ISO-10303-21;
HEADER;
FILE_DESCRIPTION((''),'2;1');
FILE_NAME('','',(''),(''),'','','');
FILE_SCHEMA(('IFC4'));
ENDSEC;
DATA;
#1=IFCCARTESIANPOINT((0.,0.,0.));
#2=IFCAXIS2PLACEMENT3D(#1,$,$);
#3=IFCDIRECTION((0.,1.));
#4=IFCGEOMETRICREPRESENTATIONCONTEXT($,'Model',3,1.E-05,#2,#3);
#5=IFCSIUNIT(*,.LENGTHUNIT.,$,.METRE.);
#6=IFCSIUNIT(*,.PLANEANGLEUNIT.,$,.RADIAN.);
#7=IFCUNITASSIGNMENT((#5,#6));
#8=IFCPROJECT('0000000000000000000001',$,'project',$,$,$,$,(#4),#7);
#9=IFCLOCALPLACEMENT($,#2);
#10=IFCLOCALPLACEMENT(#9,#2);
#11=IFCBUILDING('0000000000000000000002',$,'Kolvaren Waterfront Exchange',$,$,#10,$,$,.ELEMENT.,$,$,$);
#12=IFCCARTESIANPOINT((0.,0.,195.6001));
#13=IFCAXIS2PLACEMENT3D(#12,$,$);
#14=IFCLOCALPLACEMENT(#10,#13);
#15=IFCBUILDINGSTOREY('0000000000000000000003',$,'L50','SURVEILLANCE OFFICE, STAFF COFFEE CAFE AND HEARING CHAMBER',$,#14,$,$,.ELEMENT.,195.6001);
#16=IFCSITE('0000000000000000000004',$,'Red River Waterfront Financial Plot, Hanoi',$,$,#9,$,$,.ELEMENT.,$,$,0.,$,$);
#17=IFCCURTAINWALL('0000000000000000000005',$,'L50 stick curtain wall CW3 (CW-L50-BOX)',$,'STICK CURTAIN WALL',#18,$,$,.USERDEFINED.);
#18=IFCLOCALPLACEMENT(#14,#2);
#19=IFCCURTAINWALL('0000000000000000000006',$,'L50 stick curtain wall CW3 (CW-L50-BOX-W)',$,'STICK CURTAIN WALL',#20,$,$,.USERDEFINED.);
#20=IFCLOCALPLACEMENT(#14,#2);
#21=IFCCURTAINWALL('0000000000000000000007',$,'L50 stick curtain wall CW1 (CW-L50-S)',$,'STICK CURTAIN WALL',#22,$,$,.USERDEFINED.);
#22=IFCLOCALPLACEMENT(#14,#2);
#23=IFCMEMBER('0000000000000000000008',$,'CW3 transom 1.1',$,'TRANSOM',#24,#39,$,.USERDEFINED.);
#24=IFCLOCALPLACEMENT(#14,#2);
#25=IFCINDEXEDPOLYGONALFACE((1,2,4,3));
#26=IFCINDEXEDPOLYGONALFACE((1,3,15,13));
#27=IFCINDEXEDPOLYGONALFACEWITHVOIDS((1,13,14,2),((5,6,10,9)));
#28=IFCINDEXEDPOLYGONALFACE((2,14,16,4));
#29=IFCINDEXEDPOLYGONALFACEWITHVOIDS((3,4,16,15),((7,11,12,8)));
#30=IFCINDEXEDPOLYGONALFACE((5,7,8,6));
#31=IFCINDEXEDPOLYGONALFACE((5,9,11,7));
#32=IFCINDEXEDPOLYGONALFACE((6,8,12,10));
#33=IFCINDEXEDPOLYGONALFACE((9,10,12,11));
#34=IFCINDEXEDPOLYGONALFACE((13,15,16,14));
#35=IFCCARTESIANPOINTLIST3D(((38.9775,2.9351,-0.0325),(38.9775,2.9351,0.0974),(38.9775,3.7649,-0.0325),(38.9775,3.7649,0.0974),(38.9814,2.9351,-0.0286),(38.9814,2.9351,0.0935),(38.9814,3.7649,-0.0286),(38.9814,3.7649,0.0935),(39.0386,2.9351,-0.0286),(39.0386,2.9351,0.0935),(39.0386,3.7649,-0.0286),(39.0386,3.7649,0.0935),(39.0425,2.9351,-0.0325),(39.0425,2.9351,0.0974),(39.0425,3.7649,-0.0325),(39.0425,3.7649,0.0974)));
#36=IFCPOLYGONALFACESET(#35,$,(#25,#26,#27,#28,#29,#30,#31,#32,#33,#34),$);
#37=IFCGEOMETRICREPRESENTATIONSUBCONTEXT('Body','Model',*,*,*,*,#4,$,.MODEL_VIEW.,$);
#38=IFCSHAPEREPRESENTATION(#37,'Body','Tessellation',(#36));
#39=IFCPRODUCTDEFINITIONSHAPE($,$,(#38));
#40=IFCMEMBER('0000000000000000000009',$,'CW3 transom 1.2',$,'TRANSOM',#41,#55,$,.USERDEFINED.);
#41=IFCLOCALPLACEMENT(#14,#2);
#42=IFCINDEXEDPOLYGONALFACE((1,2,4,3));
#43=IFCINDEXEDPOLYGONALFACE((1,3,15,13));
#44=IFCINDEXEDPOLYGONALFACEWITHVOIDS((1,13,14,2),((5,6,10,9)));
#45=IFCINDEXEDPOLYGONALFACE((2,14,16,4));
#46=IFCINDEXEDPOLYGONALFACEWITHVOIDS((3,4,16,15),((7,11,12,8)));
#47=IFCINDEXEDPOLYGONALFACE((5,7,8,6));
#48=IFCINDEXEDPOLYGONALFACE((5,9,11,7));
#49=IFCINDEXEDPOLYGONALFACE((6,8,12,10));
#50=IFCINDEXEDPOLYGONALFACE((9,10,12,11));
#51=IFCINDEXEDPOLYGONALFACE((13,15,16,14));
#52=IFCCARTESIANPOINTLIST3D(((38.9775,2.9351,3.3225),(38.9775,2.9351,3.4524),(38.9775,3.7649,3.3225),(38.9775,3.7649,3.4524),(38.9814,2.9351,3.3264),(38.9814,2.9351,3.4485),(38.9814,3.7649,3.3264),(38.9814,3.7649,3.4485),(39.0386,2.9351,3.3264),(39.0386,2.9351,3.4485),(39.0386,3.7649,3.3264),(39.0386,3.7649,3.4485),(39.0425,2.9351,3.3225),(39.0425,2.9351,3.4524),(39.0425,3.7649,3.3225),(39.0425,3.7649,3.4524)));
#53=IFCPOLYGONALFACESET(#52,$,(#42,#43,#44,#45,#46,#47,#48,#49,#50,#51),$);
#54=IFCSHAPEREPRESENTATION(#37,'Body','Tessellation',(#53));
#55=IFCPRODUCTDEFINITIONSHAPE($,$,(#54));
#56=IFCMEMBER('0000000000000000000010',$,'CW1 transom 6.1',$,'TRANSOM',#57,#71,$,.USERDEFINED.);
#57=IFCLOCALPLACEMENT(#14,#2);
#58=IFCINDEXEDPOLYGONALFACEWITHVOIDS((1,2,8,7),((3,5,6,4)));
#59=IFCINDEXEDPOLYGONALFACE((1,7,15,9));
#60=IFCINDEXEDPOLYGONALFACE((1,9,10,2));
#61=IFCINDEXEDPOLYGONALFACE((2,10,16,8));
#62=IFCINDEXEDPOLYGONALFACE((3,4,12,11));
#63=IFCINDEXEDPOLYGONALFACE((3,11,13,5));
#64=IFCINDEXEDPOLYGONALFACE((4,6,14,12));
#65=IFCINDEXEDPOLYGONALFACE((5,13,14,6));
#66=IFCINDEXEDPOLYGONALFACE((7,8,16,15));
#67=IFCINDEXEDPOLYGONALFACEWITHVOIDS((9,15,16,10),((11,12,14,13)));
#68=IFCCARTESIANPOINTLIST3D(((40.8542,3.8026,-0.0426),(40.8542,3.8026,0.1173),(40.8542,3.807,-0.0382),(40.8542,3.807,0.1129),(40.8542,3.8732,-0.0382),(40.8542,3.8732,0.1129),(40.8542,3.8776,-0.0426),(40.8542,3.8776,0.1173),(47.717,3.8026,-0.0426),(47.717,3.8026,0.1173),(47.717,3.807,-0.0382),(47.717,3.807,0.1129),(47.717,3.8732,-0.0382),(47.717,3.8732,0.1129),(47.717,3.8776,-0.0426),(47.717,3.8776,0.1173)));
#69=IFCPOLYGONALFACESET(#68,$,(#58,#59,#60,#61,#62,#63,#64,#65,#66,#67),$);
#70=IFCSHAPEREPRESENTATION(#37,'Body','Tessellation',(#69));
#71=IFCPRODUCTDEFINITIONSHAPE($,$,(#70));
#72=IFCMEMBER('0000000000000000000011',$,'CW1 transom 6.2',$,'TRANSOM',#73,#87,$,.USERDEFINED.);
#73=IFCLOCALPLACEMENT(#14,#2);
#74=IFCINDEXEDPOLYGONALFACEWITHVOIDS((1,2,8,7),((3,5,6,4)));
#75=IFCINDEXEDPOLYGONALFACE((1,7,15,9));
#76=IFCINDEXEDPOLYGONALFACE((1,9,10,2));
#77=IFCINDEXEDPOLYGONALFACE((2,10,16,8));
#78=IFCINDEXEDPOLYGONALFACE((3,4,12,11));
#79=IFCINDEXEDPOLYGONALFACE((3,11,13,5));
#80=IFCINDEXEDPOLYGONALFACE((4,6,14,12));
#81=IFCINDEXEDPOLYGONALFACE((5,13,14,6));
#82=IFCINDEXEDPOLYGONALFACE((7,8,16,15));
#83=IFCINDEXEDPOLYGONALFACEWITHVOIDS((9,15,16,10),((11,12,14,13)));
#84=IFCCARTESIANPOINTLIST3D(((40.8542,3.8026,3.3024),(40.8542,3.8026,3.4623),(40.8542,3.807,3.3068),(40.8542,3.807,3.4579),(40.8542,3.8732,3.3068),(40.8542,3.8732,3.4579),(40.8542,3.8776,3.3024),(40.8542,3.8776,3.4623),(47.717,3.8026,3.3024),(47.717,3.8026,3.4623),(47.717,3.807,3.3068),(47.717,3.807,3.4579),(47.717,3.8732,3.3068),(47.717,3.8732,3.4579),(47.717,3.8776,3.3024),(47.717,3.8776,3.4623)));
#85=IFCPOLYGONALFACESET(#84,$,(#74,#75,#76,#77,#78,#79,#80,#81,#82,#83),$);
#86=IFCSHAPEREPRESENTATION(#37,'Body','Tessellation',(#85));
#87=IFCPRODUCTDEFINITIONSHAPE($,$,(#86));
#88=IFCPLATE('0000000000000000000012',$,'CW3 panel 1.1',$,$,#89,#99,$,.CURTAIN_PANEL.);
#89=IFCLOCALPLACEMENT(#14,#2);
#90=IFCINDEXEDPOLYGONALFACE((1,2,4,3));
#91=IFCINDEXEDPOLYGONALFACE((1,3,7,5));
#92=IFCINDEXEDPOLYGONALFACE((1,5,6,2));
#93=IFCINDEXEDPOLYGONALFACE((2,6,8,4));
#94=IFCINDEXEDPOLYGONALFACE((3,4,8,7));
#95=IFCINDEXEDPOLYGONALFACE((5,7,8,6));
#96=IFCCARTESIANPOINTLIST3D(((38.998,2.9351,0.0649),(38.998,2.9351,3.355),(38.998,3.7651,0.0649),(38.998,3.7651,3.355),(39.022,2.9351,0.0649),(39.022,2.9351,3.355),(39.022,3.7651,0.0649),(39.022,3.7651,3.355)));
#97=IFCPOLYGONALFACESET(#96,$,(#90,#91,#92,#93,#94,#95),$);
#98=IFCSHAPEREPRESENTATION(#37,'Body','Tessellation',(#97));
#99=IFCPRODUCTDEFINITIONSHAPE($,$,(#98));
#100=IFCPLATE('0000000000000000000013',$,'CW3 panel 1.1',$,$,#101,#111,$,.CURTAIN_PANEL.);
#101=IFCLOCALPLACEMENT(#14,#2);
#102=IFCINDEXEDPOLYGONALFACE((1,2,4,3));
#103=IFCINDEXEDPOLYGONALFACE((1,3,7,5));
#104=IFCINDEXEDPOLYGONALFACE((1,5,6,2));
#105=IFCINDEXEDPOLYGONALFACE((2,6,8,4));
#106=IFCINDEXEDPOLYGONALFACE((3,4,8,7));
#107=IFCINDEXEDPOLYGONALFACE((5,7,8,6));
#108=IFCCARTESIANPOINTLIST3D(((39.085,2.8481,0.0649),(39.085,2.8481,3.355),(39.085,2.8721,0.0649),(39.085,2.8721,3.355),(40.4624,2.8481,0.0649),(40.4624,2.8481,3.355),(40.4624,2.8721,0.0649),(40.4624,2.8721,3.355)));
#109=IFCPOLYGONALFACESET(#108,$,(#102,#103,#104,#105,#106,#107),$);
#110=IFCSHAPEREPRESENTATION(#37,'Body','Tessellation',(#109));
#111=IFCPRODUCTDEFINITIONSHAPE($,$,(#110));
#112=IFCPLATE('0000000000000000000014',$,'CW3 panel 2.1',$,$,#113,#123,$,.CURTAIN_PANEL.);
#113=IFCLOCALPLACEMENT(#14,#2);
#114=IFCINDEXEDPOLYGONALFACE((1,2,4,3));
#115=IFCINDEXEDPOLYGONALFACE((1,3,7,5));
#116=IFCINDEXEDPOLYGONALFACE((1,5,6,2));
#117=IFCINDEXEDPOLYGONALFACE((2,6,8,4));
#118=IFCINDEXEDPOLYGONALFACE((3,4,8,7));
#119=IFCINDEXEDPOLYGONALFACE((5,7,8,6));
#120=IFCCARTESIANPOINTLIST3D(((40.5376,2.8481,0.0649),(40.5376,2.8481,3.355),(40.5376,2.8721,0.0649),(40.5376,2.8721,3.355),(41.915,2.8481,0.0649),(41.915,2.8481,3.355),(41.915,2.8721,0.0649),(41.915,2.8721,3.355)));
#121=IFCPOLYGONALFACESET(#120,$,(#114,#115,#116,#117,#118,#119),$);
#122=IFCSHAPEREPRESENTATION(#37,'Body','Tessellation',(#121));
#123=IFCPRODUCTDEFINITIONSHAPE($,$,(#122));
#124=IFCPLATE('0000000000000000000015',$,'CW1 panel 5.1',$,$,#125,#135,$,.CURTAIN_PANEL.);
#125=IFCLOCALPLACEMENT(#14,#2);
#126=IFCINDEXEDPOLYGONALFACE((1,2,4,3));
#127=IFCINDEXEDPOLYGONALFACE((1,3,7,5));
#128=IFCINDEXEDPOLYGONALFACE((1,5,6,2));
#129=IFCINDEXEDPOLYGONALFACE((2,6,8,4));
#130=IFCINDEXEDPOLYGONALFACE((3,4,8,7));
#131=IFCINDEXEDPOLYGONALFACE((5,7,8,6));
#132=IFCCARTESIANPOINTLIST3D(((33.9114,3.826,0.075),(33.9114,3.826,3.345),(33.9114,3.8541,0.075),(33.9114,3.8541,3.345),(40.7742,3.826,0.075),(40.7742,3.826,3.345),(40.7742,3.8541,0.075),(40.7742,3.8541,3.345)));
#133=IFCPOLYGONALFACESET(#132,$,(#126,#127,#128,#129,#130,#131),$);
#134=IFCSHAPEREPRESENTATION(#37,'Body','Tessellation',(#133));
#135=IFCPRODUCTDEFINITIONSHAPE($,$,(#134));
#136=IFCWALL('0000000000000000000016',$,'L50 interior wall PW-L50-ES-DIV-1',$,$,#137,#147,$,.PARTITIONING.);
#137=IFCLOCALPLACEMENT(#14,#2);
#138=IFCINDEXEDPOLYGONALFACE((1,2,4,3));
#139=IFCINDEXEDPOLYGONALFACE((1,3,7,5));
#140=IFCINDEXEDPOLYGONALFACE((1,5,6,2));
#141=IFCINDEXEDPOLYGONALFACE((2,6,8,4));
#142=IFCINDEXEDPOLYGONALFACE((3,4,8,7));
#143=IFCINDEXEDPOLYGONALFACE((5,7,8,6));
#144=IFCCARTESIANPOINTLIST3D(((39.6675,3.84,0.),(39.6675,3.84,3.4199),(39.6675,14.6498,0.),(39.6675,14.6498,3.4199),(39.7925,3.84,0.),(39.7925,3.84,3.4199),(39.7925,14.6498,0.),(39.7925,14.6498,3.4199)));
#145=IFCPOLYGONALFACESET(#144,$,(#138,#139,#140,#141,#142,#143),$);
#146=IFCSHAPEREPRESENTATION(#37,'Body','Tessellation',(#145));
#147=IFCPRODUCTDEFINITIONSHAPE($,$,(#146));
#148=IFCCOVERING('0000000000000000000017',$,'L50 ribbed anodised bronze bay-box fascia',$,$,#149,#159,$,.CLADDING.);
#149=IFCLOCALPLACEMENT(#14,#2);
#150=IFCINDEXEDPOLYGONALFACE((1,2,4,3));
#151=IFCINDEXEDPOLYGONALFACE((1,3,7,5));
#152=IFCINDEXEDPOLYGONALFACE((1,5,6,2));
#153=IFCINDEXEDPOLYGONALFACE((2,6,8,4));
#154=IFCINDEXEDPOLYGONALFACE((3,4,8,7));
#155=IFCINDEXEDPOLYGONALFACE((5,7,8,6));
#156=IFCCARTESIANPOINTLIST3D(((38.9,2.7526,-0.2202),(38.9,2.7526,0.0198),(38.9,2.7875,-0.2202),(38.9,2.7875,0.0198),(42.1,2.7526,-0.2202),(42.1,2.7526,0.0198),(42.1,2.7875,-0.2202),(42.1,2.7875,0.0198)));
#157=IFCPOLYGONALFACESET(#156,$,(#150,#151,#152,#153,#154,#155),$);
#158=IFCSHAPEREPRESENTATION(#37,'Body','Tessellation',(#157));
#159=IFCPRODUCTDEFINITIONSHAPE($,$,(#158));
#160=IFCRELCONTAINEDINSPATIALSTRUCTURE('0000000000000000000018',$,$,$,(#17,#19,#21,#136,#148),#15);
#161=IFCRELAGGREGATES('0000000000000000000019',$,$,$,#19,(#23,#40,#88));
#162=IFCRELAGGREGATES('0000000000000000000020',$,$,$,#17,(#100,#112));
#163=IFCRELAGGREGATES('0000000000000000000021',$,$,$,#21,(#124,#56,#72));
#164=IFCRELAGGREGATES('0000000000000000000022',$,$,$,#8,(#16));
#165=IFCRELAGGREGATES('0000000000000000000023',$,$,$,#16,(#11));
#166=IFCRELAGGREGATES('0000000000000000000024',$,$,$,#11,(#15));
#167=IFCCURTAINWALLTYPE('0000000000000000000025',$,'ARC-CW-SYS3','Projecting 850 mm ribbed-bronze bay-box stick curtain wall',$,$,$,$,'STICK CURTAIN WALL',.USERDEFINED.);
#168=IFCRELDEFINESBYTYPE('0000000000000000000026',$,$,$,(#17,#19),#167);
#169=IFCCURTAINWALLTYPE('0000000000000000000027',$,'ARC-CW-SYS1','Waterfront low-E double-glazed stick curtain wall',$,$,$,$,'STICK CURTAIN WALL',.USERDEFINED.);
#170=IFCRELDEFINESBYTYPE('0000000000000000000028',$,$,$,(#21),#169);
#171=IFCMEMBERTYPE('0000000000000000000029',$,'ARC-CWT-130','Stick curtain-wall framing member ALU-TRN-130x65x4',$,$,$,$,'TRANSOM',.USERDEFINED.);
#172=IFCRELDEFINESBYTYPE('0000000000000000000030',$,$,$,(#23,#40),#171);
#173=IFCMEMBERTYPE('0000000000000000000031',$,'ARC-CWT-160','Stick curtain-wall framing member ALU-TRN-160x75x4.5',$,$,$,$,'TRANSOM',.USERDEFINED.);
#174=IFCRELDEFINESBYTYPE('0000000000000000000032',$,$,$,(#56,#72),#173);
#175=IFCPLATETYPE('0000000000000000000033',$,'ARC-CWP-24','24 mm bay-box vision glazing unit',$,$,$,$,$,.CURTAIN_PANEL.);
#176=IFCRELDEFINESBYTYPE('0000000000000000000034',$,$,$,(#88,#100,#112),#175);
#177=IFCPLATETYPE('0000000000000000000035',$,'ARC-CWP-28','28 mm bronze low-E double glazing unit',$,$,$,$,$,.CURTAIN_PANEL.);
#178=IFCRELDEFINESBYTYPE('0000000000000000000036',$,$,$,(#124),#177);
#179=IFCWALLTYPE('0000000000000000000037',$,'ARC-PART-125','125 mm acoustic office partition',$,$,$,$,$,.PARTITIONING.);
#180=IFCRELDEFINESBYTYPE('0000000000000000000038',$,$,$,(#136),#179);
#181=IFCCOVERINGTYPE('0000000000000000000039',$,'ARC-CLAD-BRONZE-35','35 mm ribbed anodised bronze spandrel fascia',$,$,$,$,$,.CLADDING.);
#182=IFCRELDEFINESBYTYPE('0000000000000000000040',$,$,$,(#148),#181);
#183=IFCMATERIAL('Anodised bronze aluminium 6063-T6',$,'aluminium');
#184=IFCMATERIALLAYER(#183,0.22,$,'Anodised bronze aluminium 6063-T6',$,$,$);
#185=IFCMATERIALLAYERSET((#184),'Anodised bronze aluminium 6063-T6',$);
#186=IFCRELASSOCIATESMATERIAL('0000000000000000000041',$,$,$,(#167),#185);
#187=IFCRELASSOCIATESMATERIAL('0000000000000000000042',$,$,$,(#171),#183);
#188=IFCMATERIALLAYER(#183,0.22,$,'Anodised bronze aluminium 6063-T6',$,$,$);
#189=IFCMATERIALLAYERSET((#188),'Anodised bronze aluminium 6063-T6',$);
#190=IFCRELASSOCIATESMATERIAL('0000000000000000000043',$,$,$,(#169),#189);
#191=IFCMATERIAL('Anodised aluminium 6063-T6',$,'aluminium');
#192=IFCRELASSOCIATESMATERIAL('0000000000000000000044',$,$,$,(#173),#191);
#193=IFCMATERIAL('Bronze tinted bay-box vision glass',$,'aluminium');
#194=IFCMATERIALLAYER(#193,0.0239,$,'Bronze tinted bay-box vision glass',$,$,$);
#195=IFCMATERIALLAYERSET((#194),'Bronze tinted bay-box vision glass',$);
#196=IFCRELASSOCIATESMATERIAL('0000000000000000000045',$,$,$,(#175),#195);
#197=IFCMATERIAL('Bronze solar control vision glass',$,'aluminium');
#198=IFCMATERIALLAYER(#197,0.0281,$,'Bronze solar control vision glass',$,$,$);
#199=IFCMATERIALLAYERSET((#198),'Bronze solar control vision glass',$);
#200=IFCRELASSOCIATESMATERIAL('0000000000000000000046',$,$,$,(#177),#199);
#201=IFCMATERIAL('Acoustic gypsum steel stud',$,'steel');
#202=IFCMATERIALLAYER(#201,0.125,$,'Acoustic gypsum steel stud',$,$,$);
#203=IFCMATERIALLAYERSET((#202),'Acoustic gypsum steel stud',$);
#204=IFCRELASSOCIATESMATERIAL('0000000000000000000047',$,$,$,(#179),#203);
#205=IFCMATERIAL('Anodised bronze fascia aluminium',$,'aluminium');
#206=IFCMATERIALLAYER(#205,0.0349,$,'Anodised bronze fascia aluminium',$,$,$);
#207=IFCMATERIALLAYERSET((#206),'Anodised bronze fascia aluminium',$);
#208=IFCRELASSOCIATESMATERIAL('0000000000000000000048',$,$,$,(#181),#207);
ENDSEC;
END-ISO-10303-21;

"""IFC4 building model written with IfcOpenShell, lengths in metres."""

from ifc_helpers import new_model, si_unit, direction, frame, frame_2d, origin, origin_with_axes, origin_2d, place, context, subcontext, project, spatial, rectangle, hollow_rectangle, extrude, source, transform, mapped, material, layer, layer_set, material_profile, profile_set, type_object, element, aggregate, save


model = new_model("IFC4")

# Units and contexts
model_context = context("Model", 3, precision=1e-05, world=origin(), true_north=direction((0.0, 1.0)))
body_context = subcontext(model_context, "Body", "Model", "MODEL_VIEW")
ifc_project = project(units=[si_unit("LENGTHUNIT", "METRE"), si_unit("PLANEANGLEUNIT", "RADIAN")], contexts=[model_context])

# Site, building, storey
site_placement = place(None, origin())
site = spatial("IfcSite", under=ifc_project, at=site_placement, Name="Red River Waterfront Financial Plot, Hanoi", CompositionType="ELEMENT", RefElevation=0.0)
building_placement = place(site_placement, origin())
building = spatial("IfcBuilding", under=site, at=building_placement, Name="Kolvaren Waterfront Exchange", CompositionType="ELEMENT")
storey_placement = place(building_placement, frame((0.0, 0.0, 195.6001)))
storey = spatial("IfcBuildingStorey", under=building, at=storey_placement, Name="L50", Description="SURVEILLANCE OFFICE, STAFF COFFEE CAFE AND HEARING CHAMBER", CompositionType="ELEMENT", Elevation=195.6001)

# Curtain walls
ifc_material_1 = material(Name="Anodised bronze aluminium 6063-T6", Category="aluminium")
ifc_layer_1 = layer(ifc_material_1, 0.22, Name="Anodised bronze aluminium 6063-T6")
ifc_layer_set_1 = layer_set([ifc_layer_1], Name="Anodised bronze aluminium 6063-T6")
curtain_wall_type_1 = type_object("IfcCurtainWallType", Name="ARC-CW-SYS3", Description="Projecting 850 mm ribbed-bronze bay-box stick curtain wall", ElementType="STICK CURTAIN WALL", PredefinedType="USERDEFINED", material=ifc_layer_set_1)
curtain_wall_1_placement = place(storey_placement, origin())
curtain_wall_1 = element("IfcCurtainWall", 1, at=curtain_wall_1_placement, inside=storey, type_object=curtain_wall_type_1, Name="L50 stick curtain wall CW3 (CW-L50-BOX)", ObjectType="STICK CURTAIN WALL", PredefinedType="USERDEFINED")
ifc_material_profile_1 = material_profile(ifc_material_1, hollow_rectangle(XDim=0.0649, YDim=0.1299, WallThickness=0.0039, at=origin_2d()), Name="ALU-TRN-130x65x4")
ifc_profile_set_1 = profile_set([ifc_material_profile_1], Name="Anodised bronze aluminium 6063-T6")
member_type_1 = type_object("IfcMemberType", Name="ARC-CWT-130", Description="Stick curtain-wall framing member ALU-TRN-130x65x4", ElementType="TRANSOM", PredefinedType="USERDEFINED", material=ifc_profile_set_1)
curtain_wall_2_placement = place(storey_placement, origin())
curtain_wall_2 = element("IfcCurtainWall", 2, at=curtain_wall_2_placement, inside=storey, type_object=curtain_wall_type_1, Name="L50 stick curtain wall CW3 (CW-L50-BOX-W)", ObjectType="STICK CURTAIN WALL", PredefinedType="USERDEFINED")

# Curtain wall
ifc_layer_2 = layer(ifc_material_1, 0.22, Name="Anodised bronze aluminium 6063-T6")
ifc_layer_set_2 = layer_set([ifc_layer_2], Name="Anodised bronze aluminium 6063-T6")
curtain_wall_type_2 = type_object("IfcCurtainWallType", Name="ARC-CW-SYS1", Description="Waterfront low-E double-glazed stick curtain wall", ElementType="STICK CURTAIN WALL", PredefinedType="USERDEFINED", material=ifc_layer_set_2)
curtain_wall_3_placement = place(storey_placement, origin())
curtain_wall_3 = element("IfcCurtainWall", 3, at=curtain_wall_3_placement, inside=storey, type_object=curtain_wall_type_2, Name="L50 stick curtain wall CW1 (CW-L50-S)", ObjectType="STICK CURTAIN WALL", PredefinedType="USERDEFINED")
ifc_material_2 = material(Name="Anodised aluminium 6063-T6", Category="aluminium")

# Members
shared_shape_1 = source(origin_with_axes(), body_context, "Body", "SweptSolid", [
    extrude(hollow_rectangle(XDim=0.0649, YDim=0.1299, WallThickness=0.0039, at=origin_2d()), origin(), (0.0, 0.0, 1.0), 0.8298),
])
member_1_placement = place(storey_placement, frame((39.01, 3.7649, 0.0325), z_axis=(0.0, -1.0, 0.0), x_axis=(1.0, 0.0, 0.0)))
member_1 = element("IfcMember", 4, at=member_1_placement, type_object=member_type_1, Name="CW3 transom 1.1", ObjectType="TRANSOM", PredefinedType="USERDEFINED", context=body_context, shape_type="MappedRepresentation", body=[
    mapped(shared_shape_1, transform((0.0, 0.0, 0.0), x_axis=(1.0, 0.0, 0.0), y_axis=(0.0, 1.0, 0.0), z_axis=(0.0, 0.0, 1.0), scale=1.0)),
])
member_2_placement = place(storey_placement, frame((39.01, 3.7649, 3.3875), z_axis=(0.0, -1.0, 0.0), x_axis=(1.0, 0.0, 0.0)))
member_2 = element("IfcMember", 5, at=member_2_placement, type_object=member_type_1, Name="CW3 transom 1.2", ObjectType="TRANSOM", PredefinedType="USERDEFINED", context=body_context, shape_type="MappedRepresentation", body=[
    mapped(shared_shape_1, transform((0.0, 0.0, 0.0), x_axis=(1.0, 0.0, 0.0), y_axis=(0.0, 1.0, 0.0), z_axis=(0.0, 0.0, 1.0), scale=1.0)),
])
ifc_material_profile_2 = material_profile(ifc_material_2, hollow_rectangle(XDim=0.075, YDim=0.1599, WallThickness=0.0044, at=origin_2d()), Name="ALU-TRN-160x75x4.5")
ifc_profile_set_2 = profile_set([ifc_material_profile_2], Name="Anodised aluminium 6063-T6")
member_type_2 = type_object("IfcMemberType", Name="ARC-CWT-160", Description="Stick curtain-wall framing member ALU-TRN-160x75x4.5", ElementType="TRANSOM", PredefinedType="USERDEFINED", material=ifc_profile_set_2)
shared_shape_2 = source(origin_with_axes(), body_context, "Body", "SweptSolid", [
    extrude(hollow_rectangle(XDim=0.075, YDim=0.1599, WallThickness=0.0044, at=origin_2d()), origin(), (0.0, 0.0, 1.0), 6.8628),
])
member_3_placement = place(storey_placement, frame((40.8542, 3.8401, 0.0374), z_axis=(1.0, 0.0, 0.0), x_axis=(0.0, 1.0, 0.0)))
member_3 = element("IfcMember", 6, at=member_3_placement, type_object=member_type_2, Name="CW1 transom 6.1", ObjectType="TRANSOM", PredefinedType="USERDEFINED", context=body_context, shape_type="MappedRepresentation", body=[
    mapped(shared_shape_2, transform((0.0, 0.0, 0.0), x_axis=(1.0, 0.0, 0.0), y_axis=(0.0, 1.0, 0.0), z_axis=(0.0, 0.0, 1.0), scale=1.0)),
])
member_4_placement = place(storey_placement, frame((40.8542, 3.8401, 3.3823), z_axis=(1.0, 0.0, 0.0), x_axis=(0.0, 1.0, 0.0)))
member_4 = element("IfcMember", 7, at=member_4_placement, type_object=member_type_2, Name="CW1 transom 6.2", ObjectType="TRANSOM", PredefinedType="USERDEFINED", context=body_context, shape_type="MappedRepresentation", body=[
    mapped(shared_shape_2, transform((0.0, 0.0, 0.0), x_axis=(1.0, 0.0, 0.0), y_axis=(0.0, 1.0, 0.0), z_axis=(0.0, 0.0, 1.0), scale=1.0)),
])

# Plates
ifc_material_3 = material(Name="Bronze tinted bay-box vision glass", Category="aluminium")
ifc_layer_3 = layer(ifc_material_3, 0.0239, Name="Bronze tinted bay-box vision glass")
ifc_layer_set_3 = layer_set([ifc_layer_3], Name="Bronze tinted bay-box vision glass")
plate_type_1 = type_object("IfcPlateType", Name="ARC-CWP-24", Description="24 mm bay-box vision glazing unit", PredefinedType="CURTAIN_PANEL", material=ifc_layer_set_3)
shared_shape_3 = source(origin_with_axes(), body_context, "Body", "SweptSolid", [
    extrude(rectangle(XDim=0.8301, YDim=0.0239, at=origin_2d()), origin(), (0.0, 0.0, 1.0), 3.29),
])
plate_1_placement = place(storey_placement, frame((39.01, 3.3501, 0.0649), z_axis=(0.0, 0.0, 1.0), x_axis=(0.0, -1.0, 0.0)))
plate_1 = element("IfcPlate", 8, at=plate_1_placement, type_object=plate_type_1, Name="CW3 panel 1.1", PredefinedType="CURTAIN_PANEL", context=body_context, shape_type="MappedRepresentation", body=[
    mapped(shared_shape_3, transform((0.0, 0.0, 0.0), x_axis=(1.0, 0.0, 0.0), y_axis=(0.0, 1.0, 0.0), z_axis=(0.0, 0.0, 1.0), scale=1.0)),
])
aggregate(curtain_wall_2, [member_1, member_2, plate_1])
shared_shape_4 = source(origin_with_axes(), body_context, "Body", "SweptSolid", [
    extrude(rectangle(XDim=1.3774, YDim=0.0239, at=origin_2d()), origin(), (0.0, 0.0, 1.0), 3.29),
])
plate_2_placement = place(storey_placement, frame((39.7737, 2.8601, 0.0649), z_axis=(0.0, 0.0, 1.0), x_axis=(1.0, 0.0, 0.0)))
plate_2 = element("IfcPlate", 9, at=plate_2_placement, type_object=plate_type_1, Name="CW3 panel 1.1", PredefinedType="CURTAIN_PANEL", context=body_context, shape_type="MappedRepresentation", body=[
    mapped(shared_shape_4, transform((0.0, 0.0, 0.0), x_axis=(1.0, 0.0, 0.0), y_axis=(0.0, 1.0, 0.0), z_axis=(0.0, 0.0, 1.0), scale=1.0)),
])
plate_3_placement = place(storey_placement, frame((41.2263, 2.8601, 0.0649), z_axis=(0.0, 0.0, 1.0), x_axis=(1.0, 0.0, 0.0)))
plate_3 = element("IfcPlate", 10, at=plate_3_placement, type_object=plate_type_1, Name="CW3 panel 2.1", PredefinedType="CURTAIN_PANEL", context=body_context, shape_type="MappedRepresentation", body=[
    mapped(shared_shape_4, transform((0.0, 0.0, 0.0), x_axis=(1.0, 0.0, 0.0), y_axis=(0.0, 1.0, 0.0), z_axis=(0.0, 0.0, 1.0), scale=1.0)),
])
aggregate(curtain_wall_1, [plate_2, plate_3])
ifc_material_4 = material(Name="Bronze solar control vision glass", Category="aluminium")
ifc_layer_4 = layer(ifc_material_4, 0.0281, Name="Bronze solar control vision glass")
ifc_layer_set_4 = layer_set([ifc_layer_4], Name="Bronze solar control vision glass")
plate_type_2 = type_object("IfcPlateType", Name="ARC-CWP-28", Description="28 mm bronze low-E double glazing unit", PredefinedType="CURTAIN_PANEL", material=ifc_layer_set_4)
shared_shape_5 = source(origin_with_axes(), body_context, "Body", "SweptSolid", [
    extrude(rectangle(XDim=6.8628, YDim=0.0281, at=origin_2d()), origin(), (0.0, 0.0, 1.0), 3.27),
])
plate_4_placement = place(storey_placement, frame((37.3428, 3.8401, 0.075), z_axis=(0.0, 0.0, 1.0), x_axis=(1.0, 0.0, 0.0)))
plate_4 = element("IfcPlate", 11, at=plate_4_placement, type_object=plate_type_2, Name="CW1 panel 5.1", PredefinedType="CURTAIN_PANEL", context=body_context, shape_type="MappedRepresentation", body=[
    mapped(shared_shape_5, transform((0.0, 0.0, 0.0), x_axis=(1.0, 0.0, 0.0), y_axis=(0.0, 1.0, 0.0), z_axis=(0.0, 0.0, 1.0), scale=1.0)),
])
aggregate(curtain_wall_3, [plate_4, member_3, member_4])

# Wall
ifc_material_5 = material(Name="Acoustic gypsum steel stud", Category="steel")
ifc_layer_5 = layer(ifc_material_5, 0.125, Name="Acoustic gypsum steel stud")
ifc_layer_set_5 = layer_set([ifc_layer_5], Name="Acoustic gypsum steel stud")
wall_type = type_object("IfcWallType", Name="ARC-PART-125", Description="125 mm acoustic office partition", PredefinedType="PARTITIONING", material=ifc_layer_set_5)
wall_placement = place(storey_placement, frame((39.73, 3.8401, 0.0), z_axis=(0.0, 0.0, 1.0), x_axis=(0.0, 1.0, 0.0)))
element("IfcWall", 12, at=wall_placement, inside=storey, type_object=wall_type, Name="L50 interior wall PW-L50-ES-DIV-1", PredefinedType="PARTITIONING", context=body_context, shape_type="SweptSolid", body=[
    extrude(rectangle(XDim=10.8098, YDim=0.125, at=frame_2d((5.4048, 0.0))), origin(), (0.0, 0.0, 1.0), 3.4199),
])

# Covering
ifc_material_6 = material(Name="Anodised bronze fascia aluminium", Category="aluminium")
ifc_layer_6 = layer(ifc_material_6, 0.0349, Name="Anodised bronze fascia aluminium")
ifc_layer_set_6 = layer_set([ifc_layer_6], Name="Anodised bronze fascia aluminium")
covering_type = type_object("IfcCoveringType", Name="ARC-CLAD-BRONZE-35", Description="35 mm ribbed anodised bronze spandrel fascia", PredefinedType="CLADDING", material=ifc_layer_set_6)
covering_placement = place(storey_placement, frame((40.5, 2.77, -0.2202), z_axis=(0.0, 0.0, 1.0), x_axis=(1.0, 0.0, 0.0)))
element("IfcCovering", 13, at=covering_placement, inside=storey, type_object=covering_type, Name="L50 ribbed anodised bronze bay-box fascia", PredefinedType="CLADDING", context=body_context, shape_type="SweptSolid", body=[
    extrude(rectangle(XDim=3.2, YDim=0.0349, at=origin_2d()), origin(), (0.0, 0.0, 1.0), 0.24),
])

save(model, "model.ifc")
